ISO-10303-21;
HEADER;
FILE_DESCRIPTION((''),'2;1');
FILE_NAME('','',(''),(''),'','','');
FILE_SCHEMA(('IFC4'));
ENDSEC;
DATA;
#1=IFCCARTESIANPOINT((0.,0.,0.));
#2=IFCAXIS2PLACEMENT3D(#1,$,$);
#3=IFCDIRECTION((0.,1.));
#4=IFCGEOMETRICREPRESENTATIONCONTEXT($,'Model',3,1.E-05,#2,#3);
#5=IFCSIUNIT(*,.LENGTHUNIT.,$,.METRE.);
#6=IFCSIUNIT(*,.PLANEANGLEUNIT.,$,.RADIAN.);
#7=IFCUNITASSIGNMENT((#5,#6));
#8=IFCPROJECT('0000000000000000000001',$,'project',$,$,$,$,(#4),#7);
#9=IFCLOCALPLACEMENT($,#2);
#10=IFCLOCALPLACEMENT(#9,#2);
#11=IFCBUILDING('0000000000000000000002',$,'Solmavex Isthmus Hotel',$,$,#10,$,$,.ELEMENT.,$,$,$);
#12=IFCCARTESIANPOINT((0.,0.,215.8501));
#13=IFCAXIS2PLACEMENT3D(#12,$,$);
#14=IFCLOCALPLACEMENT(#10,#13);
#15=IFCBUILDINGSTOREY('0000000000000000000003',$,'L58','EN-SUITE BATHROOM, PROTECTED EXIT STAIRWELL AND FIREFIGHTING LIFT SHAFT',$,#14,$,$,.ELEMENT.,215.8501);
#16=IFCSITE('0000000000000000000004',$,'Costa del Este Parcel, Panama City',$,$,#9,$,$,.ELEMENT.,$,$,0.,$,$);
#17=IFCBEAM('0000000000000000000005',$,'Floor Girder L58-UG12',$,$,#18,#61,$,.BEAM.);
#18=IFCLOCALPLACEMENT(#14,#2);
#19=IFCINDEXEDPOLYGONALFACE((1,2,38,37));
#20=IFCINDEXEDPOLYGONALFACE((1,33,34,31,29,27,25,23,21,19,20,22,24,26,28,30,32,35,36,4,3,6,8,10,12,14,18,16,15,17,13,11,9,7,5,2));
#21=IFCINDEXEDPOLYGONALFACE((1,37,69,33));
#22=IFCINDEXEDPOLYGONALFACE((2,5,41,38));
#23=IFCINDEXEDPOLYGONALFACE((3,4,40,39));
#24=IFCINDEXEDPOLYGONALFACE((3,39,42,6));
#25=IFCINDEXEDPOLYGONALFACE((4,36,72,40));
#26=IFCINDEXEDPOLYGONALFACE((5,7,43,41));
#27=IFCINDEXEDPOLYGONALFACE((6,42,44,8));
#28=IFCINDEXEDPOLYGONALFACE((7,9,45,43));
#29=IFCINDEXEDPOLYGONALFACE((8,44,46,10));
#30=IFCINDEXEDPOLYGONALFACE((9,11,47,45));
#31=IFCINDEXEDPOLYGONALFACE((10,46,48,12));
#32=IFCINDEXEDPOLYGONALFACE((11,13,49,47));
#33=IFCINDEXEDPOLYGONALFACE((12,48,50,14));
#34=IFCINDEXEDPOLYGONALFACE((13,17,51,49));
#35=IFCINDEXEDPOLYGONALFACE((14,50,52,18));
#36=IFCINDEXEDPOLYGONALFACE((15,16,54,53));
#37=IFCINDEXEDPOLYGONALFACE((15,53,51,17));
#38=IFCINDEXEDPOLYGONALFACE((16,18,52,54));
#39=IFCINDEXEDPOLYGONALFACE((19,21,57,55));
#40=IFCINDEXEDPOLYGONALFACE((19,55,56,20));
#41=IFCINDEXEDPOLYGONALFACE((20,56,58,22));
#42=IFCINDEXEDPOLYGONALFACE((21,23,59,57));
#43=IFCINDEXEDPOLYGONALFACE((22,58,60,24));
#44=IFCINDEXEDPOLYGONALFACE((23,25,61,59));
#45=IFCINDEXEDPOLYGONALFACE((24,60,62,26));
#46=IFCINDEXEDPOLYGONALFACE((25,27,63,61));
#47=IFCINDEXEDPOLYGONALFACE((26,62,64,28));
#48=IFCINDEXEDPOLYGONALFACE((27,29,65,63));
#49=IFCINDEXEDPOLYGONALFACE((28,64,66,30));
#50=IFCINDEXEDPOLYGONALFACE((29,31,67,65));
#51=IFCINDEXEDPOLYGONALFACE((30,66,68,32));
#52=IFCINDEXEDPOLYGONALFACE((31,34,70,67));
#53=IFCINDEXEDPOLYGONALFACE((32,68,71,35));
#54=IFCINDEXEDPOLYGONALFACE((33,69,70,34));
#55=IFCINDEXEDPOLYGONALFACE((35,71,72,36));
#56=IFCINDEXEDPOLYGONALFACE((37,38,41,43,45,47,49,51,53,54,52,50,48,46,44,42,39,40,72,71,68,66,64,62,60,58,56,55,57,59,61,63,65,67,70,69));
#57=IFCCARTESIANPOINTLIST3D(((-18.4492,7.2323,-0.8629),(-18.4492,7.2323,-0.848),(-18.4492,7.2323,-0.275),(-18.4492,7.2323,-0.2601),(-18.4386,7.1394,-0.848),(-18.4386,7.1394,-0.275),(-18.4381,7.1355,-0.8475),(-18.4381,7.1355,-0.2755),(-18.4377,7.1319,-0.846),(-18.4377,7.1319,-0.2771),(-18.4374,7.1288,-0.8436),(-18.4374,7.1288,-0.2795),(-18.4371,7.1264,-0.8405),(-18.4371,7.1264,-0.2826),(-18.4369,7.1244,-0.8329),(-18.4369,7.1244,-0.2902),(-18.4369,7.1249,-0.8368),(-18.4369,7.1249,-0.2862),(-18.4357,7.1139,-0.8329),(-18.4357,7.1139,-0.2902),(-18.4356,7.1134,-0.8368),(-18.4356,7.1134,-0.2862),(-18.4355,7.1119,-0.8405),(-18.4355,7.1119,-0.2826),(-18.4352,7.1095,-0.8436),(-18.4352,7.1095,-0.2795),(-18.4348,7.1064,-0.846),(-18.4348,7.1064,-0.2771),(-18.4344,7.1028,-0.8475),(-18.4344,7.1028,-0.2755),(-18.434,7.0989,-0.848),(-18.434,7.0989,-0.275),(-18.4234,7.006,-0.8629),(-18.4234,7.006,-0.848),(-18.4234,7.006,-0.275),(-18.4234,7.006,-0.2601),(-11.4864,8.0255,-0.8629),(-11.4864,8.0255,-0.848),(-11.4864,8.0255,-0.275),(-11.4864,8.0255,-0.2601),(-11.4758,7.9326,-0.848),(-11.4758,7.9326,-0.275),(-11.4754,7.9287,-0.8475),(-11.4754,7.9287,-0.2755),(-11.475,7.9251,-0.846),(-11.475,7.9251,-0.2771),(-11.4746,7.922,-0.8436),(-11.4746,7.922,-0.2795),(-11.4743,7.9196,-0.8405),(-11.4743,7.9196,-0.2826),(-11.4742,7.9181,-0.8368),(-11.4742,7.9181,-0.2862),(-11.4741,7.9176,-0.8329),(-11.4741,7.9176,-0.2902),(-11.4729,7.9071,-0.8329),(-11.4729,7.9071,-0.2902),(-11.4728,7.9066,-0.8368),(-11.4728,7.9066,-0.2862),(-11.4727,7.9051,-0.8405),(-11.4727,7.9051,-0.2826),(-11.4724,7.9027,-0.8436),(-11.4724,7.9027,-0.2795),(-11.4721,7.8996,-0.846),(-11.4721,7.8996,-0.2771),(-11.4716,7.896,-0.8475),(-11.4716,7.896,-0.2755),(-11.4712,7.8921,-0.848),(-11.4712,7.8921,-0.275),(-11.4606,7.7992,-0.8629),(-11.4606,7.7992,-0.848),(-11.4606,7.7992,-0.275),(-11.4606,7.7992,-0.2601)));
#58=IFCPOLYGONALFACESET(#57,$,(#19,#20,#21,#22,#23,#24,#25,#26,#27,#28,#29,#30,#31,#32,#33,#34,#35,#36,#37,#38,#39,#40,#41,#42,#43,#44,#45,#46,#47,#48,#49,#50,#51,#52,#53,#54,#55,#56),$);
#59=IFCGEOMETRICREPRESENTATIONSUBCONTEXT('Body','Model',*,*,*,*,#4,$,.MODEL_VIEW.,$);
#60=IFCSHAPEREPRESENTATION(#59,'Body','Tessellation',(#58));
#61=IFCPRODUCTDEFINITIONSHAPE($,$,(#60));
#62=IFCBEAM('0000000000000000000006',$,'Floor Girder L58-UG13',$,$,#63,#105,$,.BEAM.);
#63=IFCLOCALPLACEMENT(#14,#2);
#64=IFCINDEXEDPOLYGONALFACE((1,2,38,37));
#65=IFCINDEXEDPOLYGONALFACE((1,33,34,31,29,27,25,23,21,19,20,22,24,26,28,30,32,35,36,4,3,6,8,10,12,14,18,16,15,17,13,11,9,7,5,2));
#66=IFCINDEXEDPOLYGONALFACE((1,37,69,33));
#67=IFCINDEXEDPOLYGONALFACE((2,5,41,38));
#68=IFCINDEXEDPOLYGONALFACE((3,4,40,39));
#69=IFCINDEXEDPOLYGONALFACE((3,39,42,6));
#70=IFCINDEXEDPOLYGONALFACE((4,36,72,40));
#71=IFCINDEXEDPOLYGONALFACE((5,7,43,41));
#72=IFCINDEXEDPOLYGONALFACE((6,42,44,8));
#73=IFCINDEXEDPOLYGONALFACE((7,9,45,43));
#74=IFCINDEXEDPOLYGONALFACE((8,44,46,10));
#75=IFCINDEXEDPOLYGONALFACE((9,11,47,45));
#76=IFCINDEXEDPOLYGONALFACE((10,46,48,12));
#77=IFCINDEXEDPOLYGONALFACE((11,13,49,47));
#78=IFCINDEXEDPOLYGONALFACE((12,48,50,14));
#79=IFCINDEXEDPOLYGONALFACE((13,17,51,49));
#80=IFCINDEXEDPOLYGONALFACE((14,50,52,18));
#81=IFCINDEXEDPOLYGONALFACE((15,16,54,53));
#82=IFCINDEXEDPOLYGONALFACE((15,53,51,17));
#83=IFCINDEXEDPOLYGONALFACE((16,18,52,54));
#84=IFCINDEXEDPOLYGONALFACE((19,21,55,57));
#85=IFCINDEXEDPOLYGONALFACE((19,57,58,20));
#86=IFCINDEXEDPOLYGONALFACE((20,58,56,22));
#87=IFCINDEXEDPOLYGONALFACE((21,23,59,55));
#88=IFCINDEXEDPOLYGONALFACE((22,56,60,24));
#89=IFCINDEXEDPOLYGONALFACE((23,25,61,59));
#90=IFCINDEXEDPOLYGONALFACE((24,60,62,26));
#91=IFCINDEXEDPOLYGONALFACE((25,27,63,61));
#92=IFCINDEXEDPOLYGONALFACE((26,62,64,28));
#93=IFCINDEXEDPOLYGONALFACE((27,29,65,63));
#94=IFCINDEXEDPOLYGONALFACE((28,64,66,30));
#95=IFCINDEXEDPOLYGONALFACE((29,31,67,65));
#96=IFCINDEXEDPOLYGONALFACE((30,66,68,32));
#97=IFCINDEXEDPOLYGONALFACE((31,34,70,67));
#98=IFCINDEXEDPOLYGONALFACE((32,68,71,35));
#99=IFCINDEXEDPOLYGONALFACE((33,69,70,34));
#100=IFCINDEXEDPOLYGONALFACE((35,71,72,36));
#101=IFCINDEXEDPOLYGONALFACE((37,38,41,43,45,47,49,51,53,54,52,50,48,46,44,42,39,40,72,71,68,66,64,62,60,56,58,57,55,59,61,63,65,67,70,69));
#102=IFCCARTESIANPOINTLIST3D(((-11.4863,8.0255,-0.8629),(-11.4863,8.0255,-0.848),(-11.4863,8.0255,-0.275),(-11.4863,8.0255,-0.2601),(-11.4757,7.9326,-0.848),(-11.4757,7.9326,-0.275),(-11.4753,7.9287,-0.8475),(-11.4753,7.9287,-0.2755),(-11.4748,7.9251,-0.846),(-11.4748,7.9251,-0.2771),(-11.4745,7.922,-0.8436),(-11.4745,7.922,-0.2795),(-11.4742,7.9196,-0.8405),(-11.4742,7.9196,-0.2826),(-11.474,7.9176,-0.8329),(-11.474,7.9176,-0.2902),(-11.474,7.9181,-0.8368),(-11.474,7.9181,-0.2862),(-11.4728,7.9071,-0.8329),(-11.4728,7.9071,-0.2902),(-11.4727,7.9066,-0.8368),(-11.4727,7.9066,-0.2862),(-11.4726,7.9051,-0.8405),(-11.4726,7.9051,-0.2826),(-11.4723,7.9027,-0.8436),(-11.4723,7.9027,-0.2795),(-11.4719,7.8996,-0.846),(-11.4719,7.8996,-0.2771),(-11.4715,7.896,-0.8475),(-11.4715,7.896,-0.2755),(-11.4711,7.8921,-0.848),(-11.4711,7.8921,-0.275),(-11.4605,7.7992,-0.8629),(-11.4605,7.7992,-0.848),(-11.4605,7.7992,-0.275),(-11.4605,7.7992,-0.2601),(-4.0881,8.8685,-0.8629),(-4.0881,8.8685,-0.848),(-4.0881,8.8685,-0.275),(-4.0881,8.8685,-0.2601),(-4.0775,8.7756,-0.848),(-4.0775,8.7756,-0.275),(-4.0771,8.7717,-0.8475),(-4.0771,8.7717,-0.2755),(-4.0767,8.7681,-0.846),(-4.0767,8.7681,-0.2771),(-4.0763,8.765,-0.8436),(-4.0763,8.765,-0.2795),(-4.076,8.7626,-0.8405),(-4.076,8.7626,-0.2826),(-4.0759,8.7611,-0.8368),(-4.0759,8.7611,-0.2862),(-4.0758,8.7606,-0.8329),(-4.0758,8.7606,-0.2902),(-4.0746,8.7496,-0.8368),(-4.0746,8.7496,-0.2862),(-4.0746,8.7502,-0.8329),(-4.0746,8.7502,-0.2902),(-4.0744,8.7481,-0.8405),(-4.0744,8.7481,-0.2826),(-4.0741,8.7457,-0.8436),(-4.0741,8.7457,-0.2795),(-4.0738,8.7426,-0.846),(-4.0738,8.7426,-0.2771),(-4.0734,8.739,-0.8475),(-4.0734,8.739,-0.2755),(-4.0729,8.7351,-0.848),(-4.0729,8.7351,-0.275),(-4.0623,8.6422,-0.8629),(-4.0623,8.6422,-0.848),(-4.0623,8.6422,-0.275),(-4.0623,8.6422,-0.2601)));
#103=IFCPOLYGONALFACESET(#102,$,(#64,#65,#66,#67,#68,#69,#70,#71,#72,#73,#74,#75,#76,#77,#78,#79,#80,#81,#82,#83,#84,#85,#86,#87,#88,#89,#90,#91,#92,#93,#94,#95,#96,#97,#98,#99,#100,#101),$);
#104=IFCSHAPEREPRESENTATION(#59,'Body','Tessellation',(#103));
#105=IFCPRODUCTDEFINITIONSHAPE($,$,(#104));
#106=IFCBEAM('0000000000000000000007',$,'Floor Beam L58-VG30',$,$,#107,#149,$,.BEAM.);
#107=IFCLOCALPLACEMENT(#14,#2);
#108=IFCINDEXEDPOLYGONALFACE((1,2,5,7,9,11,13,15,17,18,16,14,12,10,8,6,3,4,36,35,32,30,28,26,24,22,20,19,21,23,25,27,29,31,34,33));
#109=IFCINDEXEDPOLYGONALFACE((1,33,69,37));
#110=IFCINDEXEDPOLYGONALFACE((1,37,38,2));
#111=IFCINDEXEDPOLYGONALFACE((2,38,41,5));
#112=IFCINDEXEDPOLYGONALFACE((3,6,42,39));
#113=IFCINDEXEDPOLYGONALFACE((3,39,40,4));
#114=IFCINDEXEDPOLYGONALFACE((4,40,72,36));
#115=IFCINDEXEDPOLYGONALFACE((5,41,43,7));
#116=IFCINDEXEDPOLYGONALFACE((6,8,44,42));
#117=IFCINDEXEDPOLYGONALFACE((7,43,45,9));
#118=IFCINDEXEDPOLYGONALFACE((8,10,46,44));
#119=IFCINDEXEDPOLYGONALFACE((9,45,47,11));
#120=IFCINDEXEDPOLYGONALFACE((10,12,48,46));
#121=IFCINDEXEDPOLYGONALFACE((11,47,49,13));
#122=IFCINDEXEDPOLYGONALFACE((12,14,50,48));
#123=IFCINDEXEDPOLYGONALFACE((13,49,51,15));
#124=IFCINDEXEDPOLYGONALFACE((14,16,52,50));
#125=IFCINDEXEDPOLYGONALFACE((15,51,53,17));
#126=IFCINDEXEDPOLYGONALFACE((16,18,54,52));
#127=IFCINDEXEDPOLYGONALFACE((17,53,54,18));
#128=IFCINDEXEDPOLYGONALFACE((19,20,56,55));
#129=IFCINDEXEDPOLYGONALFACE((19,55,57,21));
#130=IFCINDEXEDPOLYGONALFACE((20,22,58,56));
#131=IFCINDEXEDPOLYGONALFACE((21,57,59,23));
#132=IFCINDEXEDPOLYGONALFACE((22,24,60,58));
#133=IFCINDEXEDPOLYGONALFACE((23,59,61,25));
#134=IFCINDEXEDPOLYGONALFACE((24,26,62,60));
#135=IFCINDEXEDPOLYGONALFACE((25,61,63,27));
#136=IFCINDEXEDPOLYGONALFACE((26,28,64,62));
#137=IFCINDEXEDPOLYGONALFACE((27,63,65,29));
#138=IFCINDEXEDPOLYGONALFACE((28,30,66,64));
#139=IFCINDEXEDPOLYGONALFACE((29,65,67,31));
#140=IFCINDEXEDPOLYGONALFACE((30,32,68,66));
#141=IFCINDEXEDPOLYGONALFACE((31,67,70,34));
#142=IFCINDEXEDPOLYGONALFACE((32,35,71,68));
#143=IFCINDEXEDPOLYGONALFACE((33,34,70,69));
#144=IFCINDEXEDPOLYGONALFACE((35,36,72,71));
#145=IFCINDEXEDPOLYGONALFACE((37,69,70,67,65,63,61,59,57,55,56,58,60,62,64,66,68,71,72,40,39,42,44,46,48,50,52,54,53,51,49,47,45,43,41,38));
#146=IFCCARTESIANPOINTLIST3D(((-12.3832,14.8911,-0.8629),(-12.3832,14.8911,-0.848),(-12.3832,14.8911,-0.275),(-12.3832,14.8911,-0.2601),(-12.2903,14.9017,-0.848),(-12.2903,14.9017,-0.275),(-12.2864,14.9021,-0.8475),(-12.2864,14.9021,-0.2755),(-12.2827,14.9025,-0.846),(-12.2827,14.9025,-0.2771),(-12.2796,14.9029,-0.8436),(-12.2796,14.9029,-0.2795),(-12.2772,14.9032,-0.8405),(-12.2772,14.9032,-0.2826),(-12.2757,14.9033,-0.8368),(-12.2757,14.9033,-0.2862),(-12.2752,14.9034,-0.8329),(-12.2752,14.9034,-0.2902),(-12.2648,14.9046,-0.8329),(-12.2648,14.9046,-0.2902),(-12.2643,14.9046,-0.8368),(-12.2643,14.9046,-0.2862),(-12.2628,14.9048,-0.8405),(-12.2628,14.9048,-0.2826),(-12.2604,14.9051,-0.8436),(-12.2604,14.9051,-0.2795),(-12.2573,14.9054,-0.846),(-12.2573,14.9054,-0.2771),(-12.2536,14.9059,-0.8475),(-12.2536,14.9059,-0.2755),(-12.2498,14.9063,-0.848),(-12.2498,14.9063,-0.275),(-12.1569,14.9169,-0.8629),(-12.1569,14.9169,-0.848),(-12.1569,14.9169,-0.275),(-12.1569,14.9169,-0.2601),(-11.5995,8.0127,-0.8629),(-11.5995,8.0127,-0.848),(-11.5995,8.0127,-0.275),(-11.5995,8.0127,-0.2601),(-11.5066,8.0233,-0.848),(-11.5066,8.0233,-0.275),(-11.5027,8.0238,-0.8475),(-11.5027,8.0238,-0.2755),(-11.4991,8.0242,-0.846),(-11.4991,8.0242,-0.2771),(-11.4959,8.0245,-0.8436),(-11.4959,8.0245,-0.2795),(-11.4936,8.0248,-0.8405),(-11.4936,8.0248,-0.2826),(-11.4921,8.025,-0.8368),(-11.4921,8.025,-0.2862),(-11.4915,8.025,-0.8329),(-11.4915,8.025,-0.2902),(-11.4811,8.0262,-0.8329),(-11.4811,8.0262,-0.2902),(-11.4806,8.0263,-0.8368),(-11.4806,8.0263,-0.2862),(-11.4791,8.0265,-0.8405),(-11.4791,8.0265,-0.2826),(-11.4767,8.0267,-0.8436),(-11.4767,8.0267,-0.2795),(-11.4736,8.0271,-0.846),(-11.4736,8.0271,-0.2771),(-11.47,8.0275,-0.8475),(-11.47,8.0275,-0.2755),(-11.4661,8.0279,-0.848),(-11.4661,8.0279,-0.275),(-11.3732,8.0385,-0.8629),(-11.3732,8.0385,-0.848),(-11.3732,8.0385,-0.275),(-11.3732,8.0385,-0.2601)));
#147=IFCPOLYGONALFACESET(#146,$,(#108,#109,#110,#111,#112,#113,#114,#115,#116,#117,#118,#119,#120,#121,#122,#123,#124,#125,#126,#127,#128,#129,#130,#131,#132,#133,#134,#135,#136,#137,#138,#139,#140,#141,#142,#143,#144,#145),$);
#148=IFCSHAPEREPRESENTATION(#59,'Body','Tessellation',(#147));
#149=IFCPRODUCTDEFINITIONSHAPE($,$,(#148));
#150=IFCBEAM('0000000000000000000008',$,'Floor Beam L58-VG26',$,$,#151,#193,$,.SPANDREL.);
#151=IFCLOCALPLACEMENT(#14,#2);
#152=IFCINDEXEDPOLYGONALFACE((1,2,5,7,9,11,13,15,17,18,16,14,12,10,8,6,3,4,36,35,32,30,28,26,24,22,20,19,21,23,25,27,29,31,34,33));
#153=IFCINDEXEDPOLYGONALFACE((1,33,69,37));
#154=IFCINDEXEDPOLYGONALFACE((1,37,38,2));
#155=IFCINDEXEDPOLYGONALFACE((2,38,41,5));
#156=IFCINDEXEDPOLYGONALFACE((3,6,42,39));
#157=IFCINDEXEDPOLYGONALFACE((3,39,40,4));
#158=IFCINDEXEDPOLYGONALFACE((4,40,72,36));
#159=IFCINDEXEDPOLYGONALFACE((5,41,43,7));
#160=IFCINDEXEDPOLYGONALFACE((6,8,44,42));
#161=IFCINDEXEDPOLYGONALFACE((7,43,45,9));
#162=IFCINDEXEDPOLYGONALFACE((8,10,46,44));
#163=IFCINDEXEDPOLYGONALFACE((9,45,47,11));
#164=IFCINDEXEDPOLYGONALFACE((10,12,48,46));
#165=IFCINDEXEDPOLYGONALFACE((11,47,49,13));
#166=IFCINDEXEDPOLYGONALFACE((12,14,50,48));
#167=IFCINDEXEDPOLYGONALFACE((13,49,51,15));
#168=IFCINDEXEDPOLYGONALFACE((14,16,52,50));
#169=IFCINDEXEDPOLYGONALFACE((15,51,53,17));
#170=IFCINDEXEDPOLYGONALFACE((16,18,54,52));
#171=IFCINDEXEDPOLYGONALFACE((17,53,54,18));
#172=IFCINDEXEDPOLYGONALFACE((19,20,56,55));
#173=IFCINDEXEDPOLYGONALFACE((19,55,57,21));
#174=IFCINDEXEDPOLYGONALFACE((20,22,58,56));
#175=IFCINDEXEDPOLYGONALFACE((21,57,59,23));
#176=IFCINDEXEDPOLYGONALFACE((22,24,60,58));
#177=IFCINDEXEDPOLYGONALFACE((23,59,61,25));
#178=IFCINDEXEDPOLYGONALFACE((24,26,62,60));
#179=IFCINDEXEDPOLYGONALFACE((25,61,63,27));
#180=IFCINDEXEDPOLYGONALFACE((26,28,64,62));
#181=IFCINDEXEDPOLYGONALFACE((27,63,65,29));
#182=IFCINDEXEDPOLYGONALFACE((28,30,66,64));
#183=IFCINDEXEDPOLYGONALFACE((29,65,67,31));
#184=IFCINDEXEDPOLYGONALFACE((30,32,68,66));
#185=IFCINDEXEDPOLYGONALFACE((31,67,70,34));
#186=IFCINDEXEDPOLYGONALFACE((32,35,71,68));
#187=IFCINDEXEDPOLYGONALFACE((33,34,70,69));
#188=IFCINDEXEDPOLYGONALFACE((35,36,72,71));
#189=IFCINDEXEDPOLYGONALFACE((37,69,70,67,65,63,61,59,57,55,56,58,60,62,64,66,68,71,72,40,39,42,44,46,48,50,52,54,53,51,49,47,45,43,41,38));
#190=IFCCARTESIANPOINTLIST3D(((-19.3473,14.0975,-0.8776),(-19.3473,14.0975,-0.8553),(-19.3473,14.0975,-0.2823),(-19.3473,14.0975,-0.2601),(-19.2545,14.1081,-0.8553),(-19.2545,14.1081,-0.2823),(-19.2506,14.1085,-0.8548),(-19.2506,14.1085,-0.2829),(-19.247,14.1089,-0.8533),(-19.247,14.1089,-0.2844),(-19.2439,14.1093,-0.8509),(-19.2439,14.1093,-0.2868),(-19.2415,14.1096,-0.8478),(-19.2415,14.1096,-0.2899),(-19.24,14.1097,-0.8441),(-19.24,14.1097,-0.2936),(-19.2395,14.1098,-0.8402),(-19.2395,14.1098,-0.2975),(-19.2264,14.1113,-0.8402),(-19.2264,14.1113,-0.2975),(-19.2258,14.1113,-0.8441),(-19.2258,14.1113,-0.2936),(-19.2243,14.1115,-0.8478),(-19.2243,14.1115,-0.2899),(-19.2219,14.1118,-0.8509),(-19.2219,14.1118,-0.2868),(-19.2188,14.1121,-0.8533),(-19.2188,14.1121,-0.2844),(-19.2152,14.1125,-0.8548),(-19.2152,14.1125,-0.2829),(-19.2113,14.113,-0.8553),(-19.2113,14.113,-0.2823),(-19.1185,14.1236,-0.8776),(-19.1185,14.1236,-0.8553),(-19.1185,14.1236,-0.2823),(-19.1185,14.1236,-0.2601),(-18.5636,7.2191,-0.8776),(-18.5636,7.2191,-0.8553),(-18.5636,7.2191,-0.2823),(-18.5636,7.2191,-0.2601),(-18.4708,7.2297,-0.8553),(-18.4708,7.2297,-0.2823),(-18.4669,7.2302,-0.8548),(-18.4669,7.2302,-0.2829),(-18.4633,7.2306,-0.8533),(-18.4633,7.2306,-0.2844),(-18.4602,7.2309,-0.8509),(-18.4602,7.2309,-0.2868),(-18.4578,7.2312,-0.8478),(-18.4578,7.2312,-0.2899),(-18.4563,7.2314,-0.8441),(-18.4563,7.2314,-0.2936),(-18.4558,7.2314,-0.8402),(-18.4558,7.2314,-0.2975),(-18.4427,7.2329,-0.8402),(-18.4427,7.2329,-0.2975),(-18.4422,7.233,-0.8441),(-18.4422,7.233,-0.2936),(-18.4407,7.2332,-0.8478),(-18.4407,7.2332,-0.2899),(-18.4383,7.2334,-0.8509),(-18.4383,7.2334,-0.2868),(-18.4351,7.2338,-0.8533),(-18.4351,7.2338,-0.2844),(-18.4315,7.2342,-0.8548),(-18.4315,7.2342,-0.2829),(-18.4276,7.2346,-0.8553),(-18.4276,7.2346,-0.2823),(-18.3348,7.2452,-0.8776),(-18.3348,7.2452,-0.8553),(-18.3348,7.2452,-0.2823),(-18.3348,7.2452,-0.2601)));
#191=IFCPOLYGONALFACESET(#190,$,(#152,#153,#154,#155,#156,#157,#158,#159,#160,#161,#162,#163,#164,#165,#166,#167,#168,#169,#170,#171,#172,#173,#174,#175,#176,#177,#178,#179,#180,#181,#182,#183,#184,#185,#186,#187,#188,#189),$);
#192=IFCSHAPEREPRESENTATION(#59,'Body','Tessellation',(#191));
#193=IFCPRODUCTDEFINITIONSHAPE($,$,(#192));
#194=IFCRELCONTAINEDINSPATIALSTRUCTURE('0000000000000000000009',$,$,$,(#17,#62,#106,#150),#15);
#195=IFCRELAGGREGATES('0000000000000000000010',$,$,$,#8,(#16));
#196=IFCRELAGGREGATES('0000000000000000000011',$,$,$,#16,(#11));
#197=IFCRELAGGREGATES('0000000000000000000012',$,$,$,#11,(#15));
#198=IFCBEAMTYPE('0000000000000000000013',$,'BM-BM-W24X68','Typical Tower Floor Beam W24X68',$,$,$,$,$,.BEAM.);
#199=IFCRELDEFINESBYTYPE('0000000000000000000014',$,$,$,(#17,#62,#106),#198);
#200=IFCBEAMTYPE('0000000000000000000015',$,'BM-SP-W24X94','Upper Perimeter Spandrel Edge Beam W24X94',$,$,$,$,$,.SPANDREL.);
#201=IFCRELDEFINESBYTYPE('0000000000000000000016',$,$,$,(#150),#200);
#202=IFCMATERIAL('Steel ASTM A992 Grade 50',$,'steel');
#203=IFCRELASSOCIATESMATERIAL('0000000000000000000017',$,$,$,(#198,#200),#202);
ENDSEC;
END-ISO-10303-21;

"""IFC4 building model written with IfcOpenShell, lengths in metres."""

from ifc_helpers import new_model, si_unit, direction, frame, origin, origin_2d, place, context, subcontext, project, spatial, i_section, extrude, material, material_profile, profile_set, type_object, element, save


model = new_model("IFC4")

# Units and contexts
model_context = context("Model", 3, precision=1e-05, world=origin(), true_north=direction((0.0, 1.0)))
body_context = subcontext(model_context, "Body", "Model", "MODEL_VIEW")
ifc_project = project(units=[si_unit("LENGTHUNIT", "METRE"), si_unit("PLANEANGLEUNIT", "RADIAN")], contexts=[model_context])

# Site, building, storey
site_placement = place(None, origin())
site = spatial("IfcSite", under=ifc_project, at=site_placement, Name="Costa del Este Parcel, Panama City", CompositionType="ELEMENT", RefElevation=0.0)
building_placement = place(site_placement, origin())
building = spatial("IfcBuilding", under=site, at=building_placement, Name="Solmavex Isthmus Hotel", CompositionType="ELEMENT")
storey_placement = place(building_placement, frame((0.0, 0.0, 215.8501)))
storey = spatial("IfcBuildingStorey", under=building, at=storey_placement, Name="L58", Description="EN-SUITE BATHROOM, PROTECTED EXIT STAIRWELL AND FIREFIGHTING LIFT SHAFT", CompositionType="ELEMENT", Elevation=215.8501)

# Beams
ifc_material_1 = material(Name="Steel ASTM A992 Grade 50", Category="steel")
ifc_material_profile_1 = material_profile(ifc_material_1, i_section(OverallWidth=0.2278, OverallDepth=0.6028, WebThickness=0.0105, FlangeThickness=0.0149, FilletRadius=0.0151, at=origin_2d()), Name="W24X68")
ifc_profile_set_1 = profile_set([ifc_material_profile_1], Name="Steel ASTM A992 Grade 50")
beam_type_1 = type_object("IfcBeamType", Name="BM-BM-W24X68", Description="Typical Tower Floor Beam W24X68", PredefinedType="BEAM", material=ifc_profile_set_1)
beam_1_placement = place(storey_placement, frame((-18.4363, 7.1191, -0.5615), z_axis=(0.993574, 0.113188, 0.0), x_axis=(-0.113188, 0.993574, 0.0)))
element("IfcBeam", 1, at=beam_1_placement, inside=storey, type_object=beam_type_1, Name="Floor Girder L58-UG12", PredefinedType="BEAM", context=body_context, shape_type="SweptSolid", body=[
    extrude(i_section(OverallWidth=0.2278, OverallDepth=0.6028, WebThickness=0.0105, FlangeThickness=0.0149, FilletRadius=0.0151, at=origin_2d()), origin(), (0.0, 0.0, 1.0), 7.0078),
])
beam_2_placement = place(storey_placement, frame((-11.4734, 7.9124, -0.5615), z_axis=(0.99357, 0.113216, 0.0), x_axis=(-0.113216, 0.99357, 0.0)))
element("IfcBeam", 2, at=beam_2_placement, inside=storey, type_object=beam_type_1, Name="Floor Girder L58-UG13", PredefinedType="BEAM", context=body_context, shape_type="SweptSolid", body=[
    extrude(i_section(OverallWidth=0.2278, OverallDepth=0.6028, WebThickness=0.0105, FlangeThickness=0.0149, FilletRadius=0.0151, at=origin_2d()), origin(), (0.0, 0.0, 1.0), 7.446),
])
beam_3_placement = place(storey_placement, frame((-11.4863, 8.0256, -0.5615), z_axis=(-0.113202, 0.993572, 0.0), x_axis=(-0.993572, -0.113202, 0.0)))
element("IfcBeam", 3, at=beam_3_placement, inside=storey, type_object=beam_type_1, Name="Floor Beam L58-VG30", PredefinedType="BEAM", context=body_context, shape_type="SweptSolid", body=[
    extrude(i_section(OverallWidth=0.2278, OverallDepth=0.6028, WebThickness=0.0105, FlangeThickness=0.0149, FilletRadius=0.0151, at=origin_2d()), origin(), (0.0, 0.0, 1.0), 6.9229),
])
ifc_material_profile_2 = material_profile(ifc_material_1, i_section(OverallWidth=0.2302, OverallDepth=0.6174, WebThickness=0.0132, FlangeThickness=0.0222, FilletRadius=0.0151, at=origin_2d()), Name="W24X94")
ifc_profile_set_2 = profile_set([ifc_material_profile_2], Name="Steel ASTM A992 Grade 50")
beam_type_2 = type_object("IfcBeamType", Name="BM-SP-W24X94", Description="Upper Perimeter Spandrel Edge Beam W24X94", PredefinedType="SPANDREL", material=ifc_profile_set_2)
beam_4_placement = place(storey_placement, frame((-18.4492, 7.2322, -0.5688), z_axis=(-0.113202, 0.993572, 0.0), x_axis=(-0.993572, -0.113202, 0.0)))
element("IfcBeam", 4, at=beam_4_placement, inside=storey, type_object=beam_type_2, Name="Floor Beam L58-VG26", PredefinedType="SPANDREL", context=body_context, shape_type="SweptSolid", body=[
    extrude(i_section(OverallWidth=0.2302, OverallDepth=0.6174, WebThickness=0.0132, FlangeThickness=0.0222, FilletRadius=0.0151, at=origin_2d()), origin(), (0.0, 0.0, 1.0), 6.9229),
])

save(model, "model.ifc")
